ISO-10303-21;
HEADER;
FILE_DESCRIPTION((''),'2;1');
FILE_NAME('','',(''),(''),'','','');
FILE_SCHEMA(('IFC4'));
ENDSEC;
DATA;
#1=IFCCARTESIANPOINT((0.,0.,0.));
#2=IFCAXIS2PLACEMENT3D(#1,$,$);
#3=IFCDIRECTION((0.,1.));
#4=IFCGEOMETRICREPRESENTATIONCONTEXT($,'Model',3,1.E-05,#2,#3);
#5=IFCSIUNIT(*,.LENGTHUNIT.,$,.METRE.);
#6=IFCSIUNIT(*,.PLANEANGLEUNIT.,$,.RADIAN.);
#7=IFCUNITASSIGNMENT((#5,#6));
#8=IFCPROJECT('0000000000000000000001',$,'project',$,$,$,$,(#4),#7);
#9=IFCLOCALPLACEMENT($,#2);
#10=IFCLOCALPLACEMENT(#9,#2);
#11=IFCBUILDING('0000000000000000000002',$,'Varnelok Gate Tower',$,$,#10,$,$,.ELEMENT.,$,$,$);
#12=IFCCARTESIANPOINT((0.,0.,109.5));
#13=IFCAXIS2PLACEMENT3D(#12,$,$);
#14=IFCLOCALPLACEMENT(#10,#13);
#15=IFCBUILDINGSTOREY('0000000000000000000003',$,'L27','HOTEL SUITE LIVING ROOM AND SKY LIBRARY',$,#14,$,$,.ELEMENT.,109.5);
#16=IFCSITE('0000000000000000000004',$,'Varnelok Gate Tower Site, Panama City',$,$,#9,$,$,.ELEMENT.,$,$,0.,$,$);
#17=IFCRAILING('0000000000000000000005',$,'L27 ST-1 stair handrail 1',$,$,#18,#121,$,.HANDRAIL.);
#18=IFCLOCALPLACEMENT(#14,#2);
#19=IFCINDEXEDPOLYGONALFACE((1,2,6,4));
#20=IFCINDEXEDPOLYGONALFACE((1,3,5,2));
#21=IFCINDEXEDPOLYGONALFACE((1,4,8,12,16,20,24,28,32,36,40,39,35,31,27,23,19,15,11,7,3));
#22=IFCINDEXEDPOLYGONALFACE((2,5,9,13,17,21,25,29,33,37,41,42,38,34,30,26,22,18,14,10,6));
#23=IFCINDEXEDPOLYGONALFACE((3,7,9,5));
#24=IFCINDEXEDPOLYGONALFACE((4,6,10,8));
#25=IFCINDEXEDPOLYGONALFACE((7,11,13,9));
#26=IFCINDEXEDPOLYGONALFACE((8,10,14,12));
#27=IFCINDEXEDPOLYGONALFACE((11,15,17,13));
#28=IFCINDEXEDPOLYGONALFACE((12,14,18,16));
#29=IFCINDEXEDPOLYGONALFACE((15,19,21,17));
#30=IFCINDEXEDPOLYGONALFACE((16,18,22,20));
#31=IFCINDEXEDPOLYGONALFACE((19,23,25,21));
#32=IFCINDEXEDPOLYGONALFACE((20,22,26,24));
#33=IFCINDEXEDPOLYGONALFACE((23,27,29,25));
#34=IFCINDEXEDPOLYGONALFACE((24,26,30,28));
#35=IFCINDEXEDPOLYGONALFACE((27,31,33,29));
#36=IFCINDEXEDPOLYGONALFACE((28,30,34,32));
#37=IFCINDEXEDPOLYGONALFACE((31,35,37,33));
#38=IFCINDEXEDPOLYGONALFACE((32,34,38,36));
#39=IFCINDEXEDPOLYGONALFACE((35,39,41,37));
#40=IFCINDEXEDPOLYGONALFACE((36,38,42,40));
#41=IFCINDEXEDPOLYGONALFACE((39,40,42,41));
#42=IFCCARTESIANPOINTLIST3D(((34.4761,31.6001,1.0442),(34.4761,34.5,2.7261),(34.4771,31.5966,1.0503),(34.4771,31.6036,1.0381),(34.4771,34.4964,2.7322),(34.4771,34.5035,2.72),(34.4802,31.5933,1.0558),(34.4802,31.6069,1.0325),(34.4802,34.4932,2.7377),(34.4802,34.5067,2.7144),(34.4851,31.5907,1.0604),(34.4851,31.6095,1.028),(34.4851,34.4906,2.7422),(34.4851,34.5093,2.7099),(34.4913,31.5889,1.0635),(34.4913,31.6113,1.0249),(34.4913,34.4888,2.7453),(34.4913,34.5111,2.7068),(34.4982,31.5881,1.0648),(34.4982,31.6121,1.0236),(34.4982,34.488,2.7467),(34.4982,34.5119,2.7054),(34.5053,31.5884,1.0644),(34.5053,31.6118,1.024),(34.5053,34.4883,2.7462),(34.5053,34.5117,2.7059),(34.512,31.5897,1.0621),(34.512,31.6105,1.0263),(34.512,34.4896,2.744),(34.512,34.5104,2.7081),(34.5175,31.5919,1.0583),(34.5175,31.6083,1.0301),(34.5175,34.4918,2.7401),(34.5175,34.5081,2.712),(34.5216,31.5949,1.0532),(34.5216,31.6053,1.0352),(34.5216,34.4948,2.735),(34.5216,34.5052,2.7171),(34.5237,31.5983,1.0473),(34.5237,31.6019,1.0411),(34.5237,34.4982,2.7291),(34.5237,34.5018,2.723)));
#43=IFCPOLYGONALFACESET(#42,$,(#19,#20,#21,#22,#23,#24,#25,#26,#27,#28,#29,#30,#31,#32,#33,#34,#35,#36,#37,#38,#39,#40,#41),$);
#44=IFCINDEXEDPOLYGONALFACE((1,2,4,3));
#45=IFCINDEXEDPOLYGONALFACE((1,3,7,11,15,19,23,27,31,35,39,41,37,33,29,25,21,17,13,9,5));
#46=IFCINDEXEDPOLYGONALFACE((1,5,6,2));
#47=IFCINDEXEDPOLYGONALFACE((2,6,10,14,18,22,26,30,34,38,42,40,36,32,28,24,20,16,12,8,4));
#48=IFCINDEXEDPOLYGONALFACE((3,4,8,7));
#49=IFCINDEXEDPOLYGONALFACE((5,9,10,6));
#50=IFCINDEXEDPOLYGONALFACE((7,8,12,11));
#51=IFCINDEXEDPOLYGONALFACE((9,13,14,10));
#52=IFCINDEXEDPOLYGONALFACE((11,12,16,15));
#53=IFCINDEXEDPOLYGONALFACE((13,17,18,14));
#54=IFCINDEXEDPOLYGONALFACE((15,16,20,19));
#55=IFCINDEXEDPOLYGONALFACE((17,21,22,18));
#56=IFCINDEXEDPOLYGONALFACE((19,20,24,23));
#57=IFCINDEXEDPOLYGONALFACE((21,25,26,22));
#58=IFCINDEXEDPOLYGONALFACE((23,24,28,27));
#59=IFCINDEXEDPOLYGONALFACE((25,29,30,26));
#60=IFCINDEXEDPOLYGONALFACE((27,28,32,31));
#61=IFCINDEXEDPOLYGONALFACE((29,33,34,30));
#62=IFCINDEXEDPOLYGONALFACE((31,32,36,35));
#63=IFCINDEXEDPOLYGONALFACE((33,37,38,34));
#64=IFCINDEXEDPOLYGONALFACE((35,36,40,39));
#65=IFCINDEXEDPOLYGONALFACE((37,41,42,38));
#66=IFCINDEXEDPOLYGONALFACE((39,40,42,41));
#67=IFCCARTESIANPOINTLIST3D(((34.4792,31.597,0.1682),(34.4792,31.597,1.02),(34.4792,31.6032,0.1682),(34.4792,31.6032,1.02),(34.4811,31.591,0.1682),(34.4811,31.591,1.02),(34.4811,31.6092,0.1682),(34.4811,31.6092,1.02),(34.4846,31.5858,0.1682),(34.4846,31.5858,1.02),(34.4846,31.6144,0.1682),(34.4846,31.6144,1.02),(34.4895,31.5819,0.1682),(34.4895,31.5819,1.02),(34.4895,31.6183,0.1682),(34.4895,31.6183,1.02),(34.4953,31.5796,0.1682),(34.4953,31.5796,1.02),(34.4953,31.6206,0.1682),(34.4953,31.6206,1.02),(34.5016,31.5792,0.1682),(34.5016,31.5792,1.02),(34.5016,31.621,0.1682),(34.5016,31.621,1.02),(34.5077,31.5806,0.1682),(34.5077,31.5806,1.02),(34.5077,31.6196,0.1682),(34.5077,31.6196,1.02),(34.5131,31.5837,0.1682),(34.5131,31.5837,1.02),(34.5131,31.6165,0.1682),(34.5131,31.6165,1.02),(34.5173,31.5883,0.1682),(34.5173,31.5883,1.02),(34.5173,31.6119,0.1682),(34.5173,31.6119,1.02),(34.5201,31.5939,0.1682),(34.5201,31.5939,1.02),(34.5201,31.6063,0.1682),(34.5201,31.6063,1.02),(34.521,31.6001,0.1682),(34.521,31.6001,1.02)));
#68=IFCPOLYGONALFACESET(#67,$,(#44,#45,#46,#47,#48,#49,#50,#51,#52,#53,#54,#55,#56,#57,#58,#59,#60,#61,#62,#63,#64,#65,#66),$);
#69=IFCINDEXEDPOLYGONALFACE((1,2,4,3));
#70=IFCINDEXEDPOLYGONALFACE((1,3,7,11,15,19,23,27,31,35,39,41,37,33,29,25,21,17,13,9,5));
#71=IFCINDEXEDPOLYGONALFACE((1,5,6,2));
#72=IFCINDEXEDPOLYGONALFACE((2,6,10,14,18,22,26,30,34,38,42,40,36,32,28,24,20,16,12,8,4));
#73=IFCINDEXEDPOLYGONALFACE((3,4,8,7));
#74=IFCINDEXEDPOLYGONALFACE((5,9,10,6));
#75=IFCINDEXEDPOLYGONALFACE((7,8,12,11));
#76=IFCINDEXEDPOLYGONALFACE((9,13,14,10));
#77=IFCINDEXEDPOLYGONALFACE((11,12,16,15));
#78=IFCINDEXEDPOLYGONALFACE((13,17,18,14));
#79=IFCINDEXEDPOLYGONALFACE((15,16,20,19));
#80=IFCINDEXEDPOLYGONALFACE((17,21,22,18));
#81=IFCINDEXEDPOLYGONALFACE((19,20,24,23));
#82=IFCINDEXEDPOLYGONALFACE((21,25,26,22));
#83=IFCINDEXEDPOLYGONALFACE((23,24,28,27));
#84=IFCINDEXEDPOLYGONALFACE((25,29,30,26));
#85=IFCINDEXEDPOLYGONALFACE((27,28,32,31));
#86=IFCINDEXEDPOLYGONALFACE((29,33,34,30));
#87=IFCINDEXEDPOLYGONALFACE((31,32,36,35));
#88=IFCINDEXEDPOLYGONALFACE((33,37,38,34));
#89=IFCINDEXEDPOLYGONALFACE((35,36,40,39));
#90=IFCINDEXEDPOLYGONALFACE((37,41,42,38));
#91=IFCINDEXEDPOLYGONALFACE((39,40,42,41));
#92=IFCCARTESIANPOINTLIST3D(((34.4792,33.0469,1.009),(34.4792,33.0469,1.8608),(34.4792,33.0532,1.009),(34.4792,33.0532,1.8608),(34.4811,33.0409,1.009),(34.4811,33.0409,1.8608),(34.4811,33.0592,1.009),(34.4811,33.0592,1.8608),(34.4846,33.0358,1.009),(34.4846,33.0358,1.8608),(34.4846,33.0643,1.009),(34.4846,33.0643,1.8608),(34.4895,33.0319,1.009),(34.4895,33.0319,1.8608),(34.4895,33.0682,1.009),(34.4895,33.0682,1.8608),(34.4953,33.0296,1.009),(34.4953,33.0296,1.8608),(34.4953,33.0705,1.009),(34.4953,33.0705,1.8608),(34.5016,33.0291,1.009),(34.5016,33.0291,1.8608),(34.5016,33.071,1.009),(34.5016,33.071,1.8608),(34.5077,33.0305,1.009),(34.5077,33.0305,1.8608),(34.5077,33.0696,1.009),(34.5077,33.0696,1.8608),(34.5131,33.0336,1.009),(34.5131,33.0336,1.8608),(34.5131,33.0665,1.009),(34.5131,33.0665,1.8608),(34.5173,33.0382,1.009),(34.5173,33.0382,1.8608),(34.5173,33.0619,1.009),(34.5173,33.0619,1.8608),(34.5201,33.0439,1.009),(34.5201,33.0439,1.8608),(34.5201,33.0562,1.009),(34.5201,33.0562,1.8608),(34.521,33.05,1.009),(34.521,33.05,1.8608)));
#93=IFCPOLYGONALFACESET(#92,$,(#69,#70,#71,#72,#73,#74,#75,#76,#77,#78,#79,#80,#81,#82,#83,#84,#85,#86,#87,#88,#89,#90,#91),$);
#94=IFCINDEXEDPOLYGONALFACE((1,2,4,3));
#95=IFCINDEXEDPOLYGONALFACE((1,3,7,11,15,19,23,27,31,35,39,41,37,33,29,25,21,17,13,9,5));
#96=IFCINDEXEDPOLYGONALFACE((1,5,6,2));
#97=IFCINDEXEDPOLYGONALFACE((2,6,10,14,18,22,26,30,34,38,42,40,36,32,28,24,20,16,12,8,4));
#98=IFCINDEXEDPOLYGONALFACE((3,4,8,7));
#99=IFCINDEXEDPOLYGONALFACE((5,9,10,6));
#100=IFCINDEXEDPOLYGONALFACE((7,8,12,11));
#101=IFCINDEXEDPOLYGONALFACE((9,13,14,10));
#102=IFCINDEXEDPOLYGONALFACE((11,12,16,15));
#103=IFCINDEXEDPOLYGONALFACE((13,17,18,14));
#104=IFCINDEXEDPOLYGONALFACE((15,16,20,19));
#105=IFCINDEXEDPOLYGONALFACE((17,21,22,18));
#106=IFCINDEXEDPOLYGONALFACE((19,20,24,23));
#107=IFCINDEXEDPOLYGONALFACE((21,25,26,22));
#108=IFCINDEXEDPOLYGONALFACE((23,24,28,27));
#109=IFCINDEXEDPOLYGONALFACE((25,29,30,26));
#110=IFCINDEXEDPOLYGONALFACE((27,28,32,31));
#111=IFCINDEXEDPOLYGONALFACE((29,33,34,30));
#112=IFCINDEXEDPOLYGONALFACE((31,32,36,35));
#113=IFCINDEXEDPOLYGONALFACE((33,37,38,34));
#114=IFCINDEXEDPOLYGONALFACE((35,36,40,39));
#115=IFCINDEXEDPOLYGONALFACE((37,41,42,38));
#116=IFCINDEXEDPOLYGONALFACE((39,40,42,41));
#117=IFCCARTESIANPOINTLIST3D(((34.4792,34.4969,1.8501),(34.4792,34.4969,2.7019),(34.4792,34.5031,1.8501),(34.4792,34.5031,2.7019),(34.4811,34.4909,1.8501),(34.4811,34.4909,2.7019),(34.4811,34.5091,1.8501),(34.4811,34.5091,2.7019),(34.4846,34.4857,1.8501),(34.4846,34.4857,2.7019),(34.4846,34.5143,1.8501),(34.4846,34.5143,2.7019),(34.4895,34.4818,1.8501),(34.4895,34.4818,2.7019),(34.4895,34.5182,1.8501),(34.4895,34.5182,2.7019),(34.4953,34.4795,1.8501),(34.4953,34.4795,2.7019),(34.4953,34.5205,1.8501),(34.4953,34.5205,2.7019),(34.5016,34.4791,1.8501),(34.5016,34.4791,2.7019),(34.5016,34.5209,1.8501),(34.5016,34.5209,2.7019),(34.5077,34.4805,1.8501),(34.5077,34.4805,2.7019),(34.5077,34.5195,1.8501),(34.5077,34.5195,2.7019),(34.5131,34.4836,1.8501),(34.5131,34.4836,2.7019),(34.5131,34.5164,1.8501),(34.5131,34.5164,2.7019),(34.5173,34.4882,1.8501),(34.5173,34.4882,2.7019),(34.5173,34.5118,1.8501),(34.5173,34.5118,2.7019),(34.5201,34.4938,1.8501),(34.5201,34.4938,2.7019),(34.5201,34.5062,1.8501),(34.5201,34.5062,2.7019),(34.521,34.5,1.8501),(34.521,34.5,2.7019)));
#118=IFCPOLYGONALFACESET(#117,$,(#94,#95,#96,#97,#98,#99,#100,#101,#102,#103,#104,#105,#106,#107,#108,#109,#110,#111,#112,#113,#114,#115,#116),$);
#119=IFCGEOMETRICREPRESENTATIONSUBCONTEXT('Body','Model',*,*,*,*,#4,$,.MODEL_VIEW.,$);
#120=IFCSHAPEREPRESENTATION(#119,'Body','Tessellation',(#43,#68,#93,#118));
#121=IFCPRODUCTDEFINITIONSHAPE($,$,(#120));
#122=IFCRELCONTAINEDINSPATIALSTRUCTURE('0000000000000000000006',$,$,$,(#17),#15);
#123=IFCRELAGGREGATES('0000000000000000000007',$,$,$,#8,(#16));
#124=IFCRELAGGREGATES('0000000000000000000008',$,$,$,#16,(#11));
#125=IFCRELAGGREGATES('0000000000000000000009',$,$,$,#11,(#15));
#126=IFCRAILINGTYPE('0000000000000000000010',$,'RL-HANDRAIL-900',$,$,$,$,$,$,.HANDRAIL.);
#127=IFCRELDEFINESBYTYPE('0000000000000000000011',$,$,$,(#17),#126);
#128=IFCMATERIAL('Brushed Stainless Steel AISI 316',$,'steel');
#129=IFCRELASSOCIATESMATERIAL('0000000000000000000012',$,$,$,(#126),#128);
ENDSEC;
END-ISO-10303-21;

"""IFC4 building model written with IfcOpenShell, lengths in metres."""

from ifc_helpers import new_model, si_unit, direction, frame, origin, origin_2d, place, context, subcontext, project, spatial, circle, extrude, material, type_object, element, save


model = new_model("IFC4")

# Units and contexts
model_context = context("Model", 3, precision=1e-05, world=origin(), true_north=direction((0.0, 1.0)))
body_context = subcontext(model_context, "Body", "Model", "MODEL_VIEW")
ifc_project = project(units=[si_unit("LENGTHUNIT", "METRE"), si_unit("PLANEANGLEUNIT", "RADIAN")], contexts=[model_context])

# Site, building, storey
site_placement = place(None, origin())
site = spatial("IfcSite", under=ifc_project, at=site_placement, Name="Varnelok Gate Tower Site, Panama City", CompositionType="ELEMENT", RefElevation=0.0)
building_placement = place(site_placement, origin())
building = spatial("IfcBuilding", under=site, at=building_placement, Name="Varnelok Gate Tower", CompositionType="ELEMENT")
storey_placement = place(building_placement, frame((0.0, 0.0, 109.5)))
storey = spatial("IfcBuildingStorey", under=building, at=storey_placement, Name="L27", Description="HOTEL SUITE LIVING ROOM AND SKY LIBRARY", CompositionType="ELEMENT", Elevation=109.5)

# Railing
ifc_material_1 = material(Name="Brushed Stainless Steel AISI 316", Category="steel")
railing_type_1 = type_object("IfcRailingType", Name="RL-HANDRAIL-900", PredefinedType="HANDRAIL", material=ifc_material_1)
railing_1_placement = place(storey_placement, frame((34.5, 31.6001, 0.1682)))
element("IfcRailing", 1, at=railing_1_placement, inside=storey, type_object=railing_type_1, Name="L27 ST-1 stair handrail 1", PredefinedType="HANDRAIL", context=body_context, shape_type="SweptSolid", body=[
    extrude(circle(Radius=0.0239, at=origin_2d()), frame((0.0, 0.0, 0.876), z_axis=(0.0, 0.865039, 0.501705), x_axis=(-1.0, 0.0, 0.0)), (0.0, 0.0, 1.0), 3.3523),
    extrude(circle(Radius=0.021, at=origin_2d()), origin(), (0.0, 0.0, 1.0), 0.8518),
    extrude(circle(Radius=0.021, at=origin_2d()), frame((0.0, 1.45, 0.8408)), (0.0, 0.0, 1.0), 0.8518),
    extrude(circle(Radius=0.021, at=origin_2d()), frame((0.0, 2.8999, 1.6819)), (0.0, 0.0, 1.0), 0.8518),
])

save(model, "model.ifc")
